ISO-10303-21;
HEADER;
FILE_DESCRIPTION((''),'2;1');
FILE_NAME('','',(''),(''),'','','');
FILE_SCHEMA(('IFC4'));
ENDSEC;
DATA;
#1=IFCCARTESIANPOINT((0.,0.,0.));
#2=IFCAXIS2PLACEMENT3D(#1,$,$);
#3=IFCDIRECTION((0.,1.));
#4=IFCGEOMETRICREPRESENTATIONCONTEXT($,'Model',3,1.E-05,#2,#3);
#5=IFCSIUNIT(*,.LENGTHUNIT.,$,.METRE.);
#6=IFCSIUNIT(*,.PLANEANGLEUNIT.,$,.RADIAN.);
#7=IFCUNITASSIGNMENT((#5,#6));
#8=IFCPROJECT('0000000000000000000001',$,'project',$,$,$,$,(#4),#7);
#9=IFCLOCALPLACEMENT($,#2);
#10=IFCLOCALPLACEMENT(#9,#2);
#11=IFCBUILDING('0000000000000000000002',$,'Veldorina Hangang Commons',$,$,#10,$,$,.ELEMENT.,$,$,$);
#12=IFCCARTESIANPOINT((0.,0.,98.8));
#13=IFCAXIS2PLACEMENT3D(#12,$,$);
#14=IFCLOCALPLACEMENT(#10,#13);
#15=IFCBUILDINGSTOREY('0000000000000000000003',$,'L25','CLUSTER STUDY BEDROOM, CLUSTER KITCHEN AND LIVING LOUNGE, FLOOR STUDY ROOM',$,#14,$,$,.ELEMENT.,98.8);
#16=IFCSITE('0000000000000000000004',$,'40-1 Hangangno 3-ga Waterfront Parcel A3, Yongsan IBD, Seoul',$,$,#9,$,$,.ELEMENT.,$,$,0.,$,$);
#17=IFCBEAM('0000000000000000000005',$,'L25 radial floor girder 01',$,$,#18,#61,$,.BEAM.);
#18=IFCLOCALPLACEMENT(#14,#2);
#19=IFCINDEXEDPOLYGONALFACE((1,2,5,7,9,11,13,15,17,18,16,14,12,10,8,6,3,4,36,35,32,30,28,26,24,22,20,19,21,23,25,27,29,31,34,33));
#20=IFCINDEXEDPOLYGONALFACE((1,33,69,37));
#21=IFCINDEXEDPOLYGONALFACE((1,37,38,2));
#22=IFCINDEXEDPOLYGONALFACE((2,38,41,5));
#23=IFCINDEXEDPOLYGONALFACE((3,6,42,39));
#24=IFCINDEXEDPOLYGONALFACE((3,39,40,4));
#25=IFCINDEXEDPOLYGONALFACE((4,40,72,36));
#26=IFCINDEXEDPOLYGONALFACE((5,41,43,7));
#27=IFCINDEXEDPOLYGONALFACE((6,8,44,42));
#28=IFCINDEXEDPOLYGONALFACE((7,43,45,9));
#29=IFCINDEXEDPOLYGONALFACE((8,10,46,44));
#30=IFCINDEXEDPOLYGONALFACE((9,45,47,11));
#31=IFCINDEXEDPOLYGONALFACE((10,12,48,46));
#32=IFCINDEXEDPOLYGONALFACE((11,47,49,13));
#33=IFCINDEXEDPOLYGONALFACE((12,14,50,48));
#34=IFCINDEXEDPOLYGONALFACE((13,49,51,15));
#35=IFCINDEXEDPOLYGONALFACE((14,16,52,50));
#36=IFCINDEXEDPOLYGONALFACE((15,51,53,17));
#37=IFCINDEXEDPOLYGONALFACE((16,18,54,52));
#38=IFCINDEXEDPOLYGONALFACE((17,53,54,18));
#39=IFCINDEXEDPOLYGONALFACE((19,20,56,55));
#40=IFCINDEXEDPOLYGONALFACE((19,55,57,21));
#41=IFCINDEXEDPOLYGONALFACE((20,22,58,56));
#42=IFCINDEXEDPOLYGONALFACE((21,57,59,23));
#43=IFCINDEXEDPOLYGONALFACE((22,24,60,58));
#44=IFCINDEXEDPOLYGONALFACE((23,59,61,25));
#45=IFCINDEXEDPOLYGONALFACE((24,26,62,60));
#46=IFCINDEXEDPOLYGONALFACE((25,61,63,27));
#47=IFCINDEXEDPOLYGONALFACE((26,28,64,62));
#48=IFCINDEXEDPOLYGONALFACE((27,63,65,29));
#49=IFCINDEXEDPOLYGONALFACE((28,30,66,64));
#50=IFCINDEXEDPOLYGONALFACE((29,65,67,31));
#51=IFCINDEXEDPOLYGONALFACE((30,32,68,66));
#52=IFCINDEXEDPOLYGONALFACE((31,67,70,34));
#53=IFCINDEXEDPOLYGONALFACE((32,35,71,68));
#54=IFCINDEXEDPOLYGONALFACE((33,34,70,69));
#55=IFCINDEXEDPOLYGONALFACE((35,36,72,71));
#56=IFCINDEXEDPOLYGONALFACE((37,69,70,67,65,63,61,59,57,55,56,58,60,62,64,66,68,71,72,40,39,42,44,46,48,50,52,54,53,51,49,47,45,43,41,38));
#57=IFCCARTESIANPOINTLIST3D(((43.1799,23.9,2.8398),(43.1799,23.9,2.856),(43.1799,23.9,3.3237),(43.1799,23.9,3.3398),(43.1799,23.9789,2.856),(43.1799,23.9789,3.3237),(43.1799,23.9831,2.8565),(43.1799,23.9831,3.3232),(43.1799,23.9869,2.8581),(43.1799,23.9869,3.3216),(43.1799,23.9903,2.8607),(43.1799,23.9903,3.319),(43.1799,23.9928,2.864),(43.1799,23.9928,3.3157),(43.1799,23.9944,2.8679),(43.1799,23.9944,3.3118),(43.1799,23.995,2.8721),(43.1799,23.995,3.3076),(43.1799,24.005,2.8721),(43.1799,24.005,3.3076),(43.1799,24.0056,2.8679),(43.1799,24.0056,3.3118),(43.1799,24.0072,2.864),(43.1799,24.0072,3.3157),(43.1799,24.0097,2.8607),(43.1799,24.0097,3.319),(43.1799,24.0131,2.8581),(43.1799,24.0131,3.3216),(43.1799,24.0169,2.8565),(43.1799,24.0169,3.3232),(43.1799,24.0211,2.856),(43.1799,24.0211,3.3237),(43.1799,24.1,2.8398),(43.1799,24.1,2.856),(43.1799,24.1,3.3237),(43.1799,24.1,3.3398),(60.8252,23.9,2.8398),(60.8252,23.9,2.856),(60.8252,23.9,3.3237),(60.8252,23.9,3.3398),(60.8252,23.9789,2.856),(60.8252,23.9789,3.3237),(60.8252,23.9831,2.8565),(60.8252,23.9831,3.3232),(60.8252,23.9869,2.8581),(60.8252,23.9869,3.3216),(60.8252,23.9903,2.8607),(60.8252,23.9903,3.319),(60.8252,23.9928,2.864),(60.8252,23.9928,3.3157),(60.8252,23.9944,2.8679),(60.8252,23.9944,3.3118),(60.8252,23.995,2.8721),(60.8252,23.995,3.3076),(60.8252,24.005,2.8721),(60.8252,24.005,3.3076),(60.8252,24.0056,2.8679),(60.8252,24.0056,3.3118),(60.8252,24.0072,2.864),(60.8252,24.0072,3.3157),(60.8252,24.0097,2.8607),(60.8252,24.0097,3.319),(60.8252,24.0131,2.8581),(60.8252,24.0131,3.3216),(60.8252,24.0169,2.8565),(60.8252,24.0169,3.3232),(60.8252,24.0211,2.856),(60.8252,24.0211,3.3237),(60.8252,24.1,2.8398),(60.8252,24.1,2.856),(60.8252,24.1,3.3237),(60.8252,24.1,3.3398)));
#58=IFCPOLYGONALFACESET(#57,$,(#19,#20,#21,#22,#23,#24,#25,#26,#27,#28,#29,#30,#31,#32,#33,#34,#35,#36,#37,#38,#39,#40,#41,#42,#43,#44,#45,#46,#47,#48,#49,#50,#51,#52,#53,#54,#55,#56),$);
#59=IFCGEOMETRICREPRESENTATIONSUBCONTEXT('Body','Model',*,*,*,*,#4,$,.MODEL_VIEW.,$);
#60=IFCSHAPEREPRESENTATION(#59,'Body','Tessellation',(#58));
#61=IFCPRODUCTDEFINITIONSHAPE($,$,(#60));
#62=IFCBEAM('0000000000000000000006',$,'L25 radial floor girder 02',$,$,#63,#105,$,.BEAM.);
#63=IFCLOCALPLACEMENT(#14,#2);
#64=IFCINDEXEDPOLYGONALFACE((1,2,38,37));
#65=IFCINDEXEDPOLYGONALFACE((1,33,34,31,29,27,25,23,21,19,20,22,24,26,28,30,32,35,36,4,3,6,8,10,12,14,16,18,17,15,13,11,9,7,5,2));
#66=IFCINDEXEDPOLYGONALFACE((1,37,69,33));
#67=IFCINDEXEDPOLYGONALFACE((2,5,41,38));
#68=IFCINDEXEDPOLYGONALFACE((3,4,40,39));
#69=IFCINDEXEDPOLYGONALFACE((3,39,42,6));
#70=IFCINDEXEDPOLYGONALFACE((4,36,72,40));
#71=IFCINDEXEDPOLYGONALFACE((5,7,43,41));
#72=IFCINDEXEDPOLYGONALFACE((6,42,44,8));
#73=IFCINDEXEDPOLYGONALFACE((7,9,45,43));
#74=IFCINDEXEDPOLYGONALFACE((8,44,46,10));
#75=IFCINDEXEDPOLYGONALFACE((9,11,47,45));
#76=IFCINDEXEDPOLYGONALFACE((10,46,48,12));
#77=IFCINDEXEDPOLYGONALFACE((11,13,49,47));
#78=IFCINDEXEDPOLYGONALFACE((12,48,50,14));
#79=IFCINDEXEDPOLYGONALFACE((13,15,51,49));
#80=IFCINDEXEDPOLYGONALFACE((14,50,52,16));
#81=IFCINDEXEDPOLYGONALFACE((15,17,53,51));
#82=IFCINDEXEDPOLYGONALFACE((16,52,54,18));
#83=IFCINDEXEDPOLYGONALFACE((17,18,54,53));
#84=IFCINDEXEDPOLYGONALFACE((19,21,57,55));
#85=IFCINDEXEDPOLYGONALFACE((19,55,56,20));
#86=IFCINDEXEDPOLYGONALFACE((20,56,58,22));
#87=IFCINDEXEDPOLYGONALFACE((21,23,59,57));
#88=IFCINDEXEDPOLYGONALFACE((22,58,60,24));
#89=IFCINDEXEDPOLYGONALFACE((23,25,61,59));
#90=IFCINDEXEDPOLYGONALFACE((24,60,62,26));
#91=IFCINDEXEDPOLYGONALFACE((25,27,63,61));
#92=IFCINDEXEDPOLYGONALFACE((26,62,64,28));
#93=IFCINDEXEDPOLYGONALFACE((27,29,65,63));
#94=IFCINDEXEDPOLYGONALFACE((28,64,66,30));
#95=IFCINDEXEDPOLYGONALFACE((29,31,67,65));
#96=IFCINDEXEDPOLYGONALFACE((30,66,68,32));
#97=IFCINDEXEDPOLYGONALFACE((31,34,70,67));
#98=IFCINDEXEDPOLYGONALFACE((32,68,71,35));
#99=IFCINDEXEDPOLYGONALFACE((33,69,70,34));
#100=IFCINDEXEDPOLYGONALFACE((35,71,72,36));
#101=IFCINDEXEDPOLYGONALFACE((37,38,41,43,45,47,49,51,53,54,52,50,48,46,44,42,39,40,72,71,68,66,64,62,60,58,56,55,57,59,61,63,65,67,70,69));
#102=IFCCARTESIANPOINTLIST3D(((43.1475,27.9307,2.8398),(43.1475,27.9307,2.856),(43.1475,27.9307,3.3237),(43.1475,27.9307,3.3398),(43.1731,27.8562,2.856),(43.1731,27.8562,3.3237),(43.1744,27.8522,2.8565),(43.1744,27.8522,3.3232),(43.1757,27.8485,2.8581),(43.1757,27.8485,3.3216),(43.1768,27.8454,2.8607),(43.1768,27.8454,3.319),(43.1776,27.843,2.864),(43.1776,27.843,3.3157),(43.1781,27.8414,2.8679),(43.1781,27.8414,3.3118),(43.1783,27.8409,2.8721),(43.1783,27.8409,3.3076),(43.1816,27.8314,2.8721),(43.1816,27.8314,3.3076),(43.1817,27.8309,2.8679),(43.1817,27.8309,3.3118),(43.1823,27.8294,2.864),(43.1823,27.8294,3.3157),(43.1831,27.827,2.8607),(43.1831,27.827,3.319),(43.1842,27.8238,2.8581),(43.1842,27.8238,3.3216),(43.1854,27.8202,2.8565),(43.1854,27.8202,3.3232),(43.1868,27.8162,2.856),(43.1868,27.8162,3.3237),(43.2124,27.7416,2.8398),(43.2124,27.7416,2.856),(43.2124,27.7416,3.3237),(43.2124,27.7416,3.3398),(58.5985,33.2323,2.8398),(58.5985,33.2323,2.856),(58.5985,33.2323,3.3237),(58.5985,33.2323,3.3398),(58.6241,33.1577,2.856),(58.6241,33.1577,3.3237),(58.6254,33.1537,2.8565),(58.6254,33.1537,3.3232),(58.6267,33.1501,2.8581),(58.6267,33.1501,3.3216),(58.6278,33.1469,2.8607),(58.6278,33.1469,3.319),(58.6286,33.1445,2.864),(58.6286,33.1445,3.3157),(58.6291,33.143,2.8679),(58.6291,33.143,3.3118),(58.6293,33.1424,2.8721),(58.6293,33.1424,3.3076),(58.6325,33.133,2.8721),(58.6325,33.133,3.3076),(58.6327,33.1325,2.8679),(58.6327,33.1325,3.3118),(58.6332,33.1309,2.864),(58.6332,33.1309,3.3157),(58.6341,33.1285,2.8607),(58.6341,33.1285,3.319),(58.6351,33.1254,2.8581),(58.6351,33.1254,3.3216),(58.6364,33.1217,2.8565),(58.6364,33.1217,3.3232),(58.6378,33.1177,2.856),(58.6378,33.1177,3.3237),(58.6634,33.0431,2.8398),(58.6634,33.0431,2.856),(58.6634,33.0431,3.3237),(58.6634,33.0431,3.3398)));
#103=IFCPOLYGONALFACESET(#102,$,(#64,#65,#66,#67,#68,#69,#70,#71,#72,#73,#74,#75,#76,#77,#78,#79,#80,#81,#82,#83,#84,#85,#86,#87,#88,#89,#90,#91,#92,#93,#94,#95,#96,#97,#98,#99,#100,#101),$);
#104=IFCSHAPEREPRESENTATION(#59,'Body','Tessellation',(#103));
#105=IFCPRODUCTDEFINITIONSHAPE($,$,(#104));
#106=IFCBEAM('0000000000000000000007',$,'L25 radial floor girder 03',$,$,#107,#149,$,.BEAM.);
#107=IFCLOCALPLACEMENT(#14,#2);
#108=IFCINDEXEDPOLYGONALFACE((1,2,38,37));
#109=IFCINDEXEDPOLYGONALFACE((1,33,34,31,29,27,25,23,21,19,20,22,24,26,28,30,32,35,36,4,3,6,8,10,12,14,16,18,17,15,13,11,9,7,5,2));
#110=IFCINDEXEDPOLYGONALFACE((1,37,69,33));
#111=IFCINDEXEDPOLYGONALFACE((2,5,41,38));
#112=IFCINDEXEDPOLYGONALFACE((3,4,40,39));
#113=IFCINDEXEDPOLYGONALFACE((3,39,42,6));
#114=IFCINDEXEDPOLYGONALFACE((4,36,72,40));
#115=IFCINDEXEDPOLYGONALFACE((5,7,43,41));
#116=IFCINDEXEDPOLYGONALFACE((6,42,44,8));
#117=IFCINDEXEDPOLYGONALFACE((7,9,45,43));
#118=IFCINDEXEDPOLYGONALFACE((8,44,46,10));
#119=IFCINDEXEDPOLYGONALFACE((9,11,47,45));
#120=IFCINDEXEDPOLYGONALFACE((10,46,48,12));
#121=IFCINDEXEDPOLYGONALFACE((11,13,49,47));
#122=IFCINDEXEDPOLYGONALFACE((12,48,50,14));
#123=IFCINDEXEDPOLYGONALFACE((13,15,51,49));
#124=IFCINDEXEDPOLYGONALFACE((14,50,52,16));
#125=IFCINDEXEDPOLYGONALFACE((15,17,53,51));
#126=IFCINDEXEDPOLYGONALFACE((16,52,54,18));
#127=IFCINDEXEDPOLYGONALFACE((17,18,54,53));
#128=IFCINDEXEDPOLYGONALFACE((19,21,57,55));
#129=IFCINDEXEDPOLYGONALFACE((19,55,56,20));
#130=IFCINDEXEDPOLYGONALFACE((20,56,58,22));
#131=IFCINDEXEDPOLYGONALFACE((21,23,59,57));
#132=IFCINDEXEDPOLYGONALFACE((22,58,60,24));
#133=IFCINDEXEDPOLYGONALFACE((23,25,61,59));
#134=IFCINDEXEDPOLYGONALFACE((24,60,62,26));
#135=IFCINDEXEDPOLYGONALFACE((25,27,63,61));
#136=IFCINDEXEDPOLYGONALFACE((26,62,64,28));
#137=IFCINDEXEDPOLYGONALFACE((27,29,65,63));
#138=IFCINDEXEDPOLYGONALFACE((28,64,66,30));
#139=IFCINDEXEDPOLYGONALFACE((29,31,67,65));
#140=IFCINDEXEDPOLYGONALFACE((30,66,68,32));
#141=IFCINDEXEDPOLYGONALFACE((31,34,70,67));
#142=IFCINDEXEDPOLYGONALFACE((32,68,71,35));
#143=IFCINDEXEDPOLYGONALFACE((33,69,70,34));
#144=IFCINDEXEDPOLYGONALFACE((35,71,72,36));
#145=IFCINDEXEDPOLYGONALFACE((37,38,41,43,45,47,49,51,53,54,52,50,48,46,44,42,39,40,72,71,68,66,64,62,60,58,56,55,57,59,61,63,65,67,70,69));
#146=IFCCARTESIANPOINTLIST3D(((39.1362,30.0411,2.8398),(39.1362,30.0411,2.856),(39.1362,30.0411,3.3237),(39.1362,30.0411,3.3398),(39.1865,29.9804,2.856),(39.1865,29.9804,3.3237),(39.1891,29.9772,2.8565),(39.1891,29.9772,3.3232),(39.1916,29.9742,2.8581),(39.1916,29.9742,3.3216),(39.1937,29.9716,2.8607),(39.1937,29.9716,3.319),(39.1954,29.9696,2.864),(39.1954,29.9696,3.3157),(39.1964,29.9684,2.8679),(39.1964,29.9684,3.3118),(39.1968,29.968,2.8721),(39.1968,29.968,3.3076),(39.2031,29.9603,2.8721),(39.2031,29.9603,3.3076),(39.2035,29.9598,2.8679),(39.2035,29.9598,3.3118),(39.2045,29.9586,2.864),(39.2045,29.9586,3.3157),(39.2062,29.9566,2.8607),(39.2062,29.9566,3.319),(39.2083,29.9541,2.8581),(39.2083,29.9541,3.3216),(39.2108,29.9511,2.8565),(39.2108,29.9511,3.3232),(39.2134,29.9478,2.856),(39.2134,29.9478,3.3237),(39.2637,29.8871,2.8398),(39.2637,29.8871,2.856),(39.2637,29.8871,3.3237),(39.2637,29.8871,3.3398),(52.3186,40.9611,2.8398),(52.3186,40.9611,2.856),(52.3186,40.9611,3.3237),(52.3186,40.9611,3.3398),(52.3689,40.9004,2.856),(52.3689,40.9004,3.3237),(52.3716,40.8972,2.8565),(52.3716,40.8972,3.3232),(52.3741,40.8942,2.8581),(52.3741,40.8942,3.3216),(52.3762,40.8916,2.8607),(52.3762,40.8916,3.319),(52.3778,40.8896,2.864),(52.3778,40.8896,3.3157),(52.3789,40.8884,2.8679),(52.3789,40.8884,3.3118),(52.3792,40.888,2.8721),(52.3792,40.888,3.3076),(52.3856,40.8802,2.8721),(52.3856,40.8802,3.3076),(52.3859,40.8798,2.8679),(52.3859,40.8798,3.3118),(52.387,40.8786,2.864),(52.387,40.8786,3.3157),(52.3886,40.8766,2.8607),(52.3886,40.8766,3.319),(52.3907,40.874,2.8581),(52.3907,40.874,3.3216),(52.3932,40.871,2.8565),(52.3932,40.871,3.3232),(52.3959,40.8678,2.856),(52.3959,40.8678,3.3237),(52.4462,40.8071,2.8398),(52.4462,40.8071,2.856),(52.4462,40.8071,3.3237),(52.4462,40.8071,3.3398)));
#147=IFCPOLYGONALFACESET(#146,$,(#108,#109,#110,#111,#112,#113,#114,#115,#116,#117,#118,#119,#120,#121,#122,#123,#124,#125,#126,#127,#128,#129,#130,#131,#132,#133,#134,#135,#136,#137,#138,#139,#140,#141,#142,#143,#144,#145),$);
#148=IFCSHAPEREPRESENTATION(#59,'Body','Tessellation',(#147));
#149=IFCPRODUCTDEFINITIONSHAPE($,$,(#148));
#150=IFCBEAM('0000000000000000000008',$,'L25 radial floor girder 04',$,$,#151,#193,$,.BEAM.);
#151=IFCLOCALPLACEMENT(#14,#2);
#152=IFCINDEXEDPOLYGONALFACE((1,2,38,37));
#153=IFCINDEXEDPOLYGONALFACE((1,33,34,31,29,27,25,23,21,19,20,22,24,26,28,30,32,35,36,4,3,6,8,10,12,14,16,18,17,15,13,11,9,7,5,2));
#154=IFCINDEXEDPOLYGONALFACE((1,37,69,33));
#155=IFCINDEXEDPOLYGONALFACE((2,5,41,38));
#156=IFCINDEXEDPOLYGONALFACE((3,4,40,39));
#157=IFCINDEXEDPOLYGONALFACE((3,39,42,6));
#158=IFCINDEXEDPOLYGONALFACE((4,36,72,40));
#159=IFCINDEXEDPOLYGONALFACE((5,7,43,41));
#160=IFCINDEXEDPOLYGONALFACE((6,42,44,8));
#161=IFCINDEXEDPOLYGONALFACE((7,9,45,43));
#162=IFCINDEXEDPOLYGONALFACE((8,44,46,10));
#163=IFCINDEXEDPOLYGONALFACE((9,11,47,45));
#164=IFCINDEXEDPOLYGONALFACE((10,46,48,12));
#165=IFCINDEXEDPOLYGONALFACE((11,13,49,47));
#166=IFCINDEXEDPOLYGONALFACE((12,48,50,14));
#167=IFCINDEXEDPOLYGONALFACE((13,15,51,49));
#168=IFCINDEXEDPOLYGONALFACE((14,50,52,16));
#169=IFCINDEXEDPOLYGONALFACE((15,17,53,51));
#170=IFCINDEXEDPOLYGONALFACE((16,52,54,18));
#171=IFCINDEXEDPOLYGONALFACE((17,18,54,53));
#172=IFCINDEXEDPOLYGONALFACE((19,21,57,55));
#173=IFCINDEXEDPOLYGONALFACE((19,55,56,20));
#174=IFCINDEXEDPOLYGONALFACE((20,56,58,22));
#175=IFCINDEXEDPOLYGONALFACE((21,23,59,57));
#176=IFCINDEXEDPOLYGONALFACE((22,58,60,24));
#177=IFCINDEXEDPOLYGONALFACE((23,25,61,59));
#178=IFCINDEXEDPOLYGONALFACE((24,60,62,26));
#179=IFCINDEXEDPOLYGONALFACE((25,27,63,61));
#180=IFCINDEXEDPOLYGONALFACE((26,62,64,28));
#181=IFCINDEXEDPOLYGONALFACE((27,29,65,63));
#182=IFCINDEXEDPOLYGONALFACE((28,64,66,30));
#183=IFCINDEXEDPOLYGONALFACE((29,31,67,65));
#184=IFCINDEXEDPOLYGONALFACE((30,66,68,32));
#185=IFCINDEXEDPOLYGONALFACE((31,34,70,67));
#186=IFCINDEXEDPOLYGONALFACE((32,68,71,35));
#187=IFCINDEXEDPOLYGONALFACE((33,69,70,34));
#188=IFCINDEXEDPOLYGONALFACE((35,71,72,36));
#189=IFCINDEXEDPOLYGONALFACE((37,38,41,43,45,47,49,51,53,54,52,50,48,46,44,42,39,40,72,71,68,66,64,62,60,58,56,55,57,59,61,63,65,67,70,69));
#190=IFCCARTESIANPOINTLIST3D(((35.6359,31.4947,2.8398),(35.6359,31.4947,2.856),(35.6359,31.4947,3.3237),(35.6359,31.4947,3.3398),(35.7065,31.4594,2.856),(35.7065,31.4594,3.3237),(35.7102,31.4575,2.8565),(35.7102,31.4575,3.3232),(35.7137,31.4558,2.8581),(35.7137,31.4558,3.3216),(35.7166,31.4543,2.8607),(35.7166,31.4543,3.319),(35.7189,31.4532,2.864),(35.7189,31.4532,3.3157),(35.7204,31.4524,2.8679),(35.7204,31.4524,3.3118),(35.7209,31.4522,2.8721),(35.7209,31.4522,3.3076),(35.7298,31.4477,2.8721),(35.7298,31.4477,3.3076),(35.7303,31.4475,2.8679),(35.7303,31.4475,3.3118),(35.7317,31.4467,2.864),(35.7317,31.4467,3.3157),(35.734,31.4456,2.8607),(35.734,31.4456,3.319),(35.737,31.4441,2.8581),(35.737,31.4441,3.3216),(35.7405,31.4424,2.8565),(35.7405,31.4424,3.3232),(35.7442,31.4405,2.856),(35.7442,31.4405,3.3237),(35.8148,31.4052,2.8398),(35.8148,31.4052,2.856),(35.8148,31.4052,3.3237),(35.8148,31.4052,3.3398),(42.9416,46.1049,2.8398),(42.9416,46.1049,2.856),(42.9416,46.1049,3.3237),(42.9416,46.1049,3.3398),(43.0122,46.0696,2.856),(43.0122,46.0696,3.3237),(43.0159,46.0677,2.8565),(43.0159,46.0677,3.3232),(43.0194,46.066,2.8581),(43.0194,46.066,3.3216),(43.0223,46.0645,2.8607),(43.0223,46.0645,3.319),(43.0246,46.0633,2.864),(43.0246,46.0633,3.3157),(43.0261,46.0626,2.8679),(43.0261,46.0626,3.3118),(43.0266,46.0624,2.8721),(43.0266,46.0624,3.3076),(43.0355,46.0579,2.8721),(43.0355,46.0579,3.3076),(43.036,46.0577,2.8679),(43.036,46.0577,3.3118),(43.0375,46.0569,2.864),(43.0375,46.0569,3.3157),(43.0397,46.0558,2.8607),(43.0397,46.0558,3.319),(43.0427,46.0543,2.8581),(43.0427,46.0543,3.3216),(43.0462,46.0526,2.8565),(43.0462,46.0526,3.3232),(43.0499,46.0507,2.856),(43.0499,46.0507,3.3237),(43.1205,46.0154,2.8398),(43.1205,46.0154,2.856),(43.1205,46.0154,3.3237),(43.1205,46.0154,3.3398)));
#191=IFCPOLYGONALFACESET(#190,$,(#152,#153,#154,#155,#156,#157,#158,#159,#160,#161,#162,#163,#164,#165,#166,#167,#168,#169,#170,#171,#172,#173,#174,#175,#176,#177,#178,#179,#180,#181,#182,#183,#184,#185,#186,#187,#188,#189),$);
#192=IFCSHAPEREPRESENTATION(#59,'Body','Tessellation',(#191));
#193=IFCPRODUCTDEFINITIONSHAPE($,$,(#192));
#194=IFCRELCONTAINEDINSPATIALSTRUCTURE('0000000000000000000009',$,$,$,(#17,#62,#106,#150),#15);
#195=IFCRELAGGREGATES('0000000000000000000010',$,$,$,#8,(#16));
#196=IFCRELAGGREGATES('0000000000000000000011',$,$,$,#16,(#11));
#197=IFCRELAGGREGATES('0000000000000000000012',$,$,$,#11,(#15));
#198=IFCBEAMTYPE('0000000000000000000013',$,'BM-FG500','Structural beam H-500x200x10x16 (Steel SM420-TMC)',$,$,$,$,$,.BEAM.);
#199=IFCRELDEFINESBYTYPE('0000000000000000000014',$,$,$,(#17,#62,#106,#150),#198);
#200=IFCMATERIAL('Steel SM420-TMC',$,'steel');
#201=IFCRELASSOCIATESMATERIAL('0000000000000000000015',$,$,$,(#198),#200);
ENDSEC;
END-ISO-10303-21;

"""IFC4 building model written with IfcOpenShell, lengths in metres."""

from ifc_helpers import new_model, si_unit, direction, frame, origin, origin_2d, place, context, subcontext, project, spatial, i_section, extrude, material, material_profile, profile_set, type_object, element, save


model = new_model("IFC4")

# Units and contexts
model_context = context("Model", 3, precision=1e-05, world=origin(), true_north=direction((0.0, 1.0)))
body_context = subcontext(model_context, "Body", "Model", "MODEL_VIEW")
ifc_project = project(units=[si_unit("LENGTHUNIT", "METRE"), si_unit("PLANEANGLEUNIT", "RADIAN")], contexts=[model_context])

# Site, building, storey
site_placement = place(None, origin())
site = spatial("IfcSite", under=ifc_project, at=site_placement, Name="40-1 Hangangno 3-ga Waterfront Parcel A3, Yongsan IBD, Seoul", CompositionType="ELEMENT", RefElevation=0.0)
building_placement = place(site_placement, origin())
building = spatial("IfcBuilding", under=site, at=building_placement, Name="Veldorina Hangang Commons", CompositionType="ELEMENT")
storey_placement = place(building_placement, frame((0.0, 0.0, 98.8)))
storey = spatial("IfcBuildingStorey", under=building, at=storey_placement, Name="L25", Description="CLUSTER STUDY BEDROOM, CLUSTER KITCHEN AND LIVING LOUNGE, FLOOR STUDY ROOM", CompositionType="ELEMENT", Elevation=98.8)

# Beams
ifc_material_1 = material(Name="Steel SM420-TMC", Category="steel")
ifc_material_profile = material_profile(ifc_material_1, i_section(OverallWidth=0.2, OverallDepth=0.5, WebThickness=0.01, FlangeThickness=0.0161, FilletRadius=0.0161, at=origin_2d()), Name="H-500x200x10x16")
ifc_profile_set = profile_set([ifc_material_profile], Name="Steel SM420-TMC")
beam_type = type_object("IfcBeamType", Name="BM-FG500", Description="Structural beam H-500x200x10x16 (Steel SM420-TMC)", PredefinedType="BEAM", material=ifc_profile_set)
beam_1_placement = place(storey_placement, frame((43.1799, 24.0, 3.0898), z_axis=(1.0, 0.0, 0.0), x_axis=(0.0, 1.0, 0.0)))
element("IfcBeam", 1, at=beam_1_placement, inside=storey, type_object=beam_type, Name="L25 radial floor girder 01", PredefinedType="BEAM", context=body_context, shape_type="SweptSolid", body=[
    extrude(i_section(OverallWidth=0.2, OverallDepth=0.5, WebThickness=0.01, FlangeThickness=0.0161, FilletRadius=0.0161, at=origin_2d()), origin(), (0.0, 0.0, 1.0), 17.6453),
])
beam_2_placement = place(storey_placement, frame((43.1799, 27.8362, 3.0898), z_axis=(0.94587, 0.324546, 0.0), x_axis=(-0.324546, 0.94587, 0.0)))
element("IfcBeam", 2, at=beam_2_placement, inside=storey, type_object=beam_type, Name="L25 radial floor girder 02", PredefinedType="BEAM", context=body_context, shape_type="SweptSolid", body=[
    extrude(i_section(OverallWidth=0.2, OverallDepth=0.5, WebThickness=0.01, FlangeThickness=0.0161, FilletRadius=0.0161, at=origin_2d()), origin(), (0.0, 0.0, 1.0), 16.3352),
])
beam_3_placement = place(storey_placement, frame((39.2, 29.9641, 3.0898), z_axis=(0.770097, 0.637927, 0.0), x_axis=(-0.637927, 0.770097, 0.0)))
element("IfcBeam", 3, at=beam_3_placement, inside=storey, type_object=beam_type, Name="L25 radial floor girder 03", PredefinedType="BEAM", context=body_context, shape_type="SweptSolid", body=[
    extrude(i_section(OverallWidth=0.2, OverallDepth=0.5, WebThickness=0.01, FlangeThickness=0.0161, FilletRadius=0.0161, at=origin_2d()), origin(), (0.0, 0.0, 1.0), 17.1179),
])
beam_4_placement = place(storey_placement, frame((35.7253, 31.45, 3.0898), z_axis=(0.447243, 0.894412, 0.0), x_axis=(-0.894412, 0.447243, 0.0)))
element("IfcBeam", 4, at=beam_4_placement, inside=storey, type_object=beam_type, Name="L25 radial floor girder 04", PredefinedType="BEAM", context=body_context, shape_type="SweptSolid", body=[
    extrude(i_section(OverallWidth=0.2, OverallDepth=0.5, WebThickness=0.01, FlangeThickness=0.0161, FilletRadius=0.0161, at=origin_2d()), origin(), (0.0, 0.0, 1.0), 16.335),
])

save(model, "model.ifc")
